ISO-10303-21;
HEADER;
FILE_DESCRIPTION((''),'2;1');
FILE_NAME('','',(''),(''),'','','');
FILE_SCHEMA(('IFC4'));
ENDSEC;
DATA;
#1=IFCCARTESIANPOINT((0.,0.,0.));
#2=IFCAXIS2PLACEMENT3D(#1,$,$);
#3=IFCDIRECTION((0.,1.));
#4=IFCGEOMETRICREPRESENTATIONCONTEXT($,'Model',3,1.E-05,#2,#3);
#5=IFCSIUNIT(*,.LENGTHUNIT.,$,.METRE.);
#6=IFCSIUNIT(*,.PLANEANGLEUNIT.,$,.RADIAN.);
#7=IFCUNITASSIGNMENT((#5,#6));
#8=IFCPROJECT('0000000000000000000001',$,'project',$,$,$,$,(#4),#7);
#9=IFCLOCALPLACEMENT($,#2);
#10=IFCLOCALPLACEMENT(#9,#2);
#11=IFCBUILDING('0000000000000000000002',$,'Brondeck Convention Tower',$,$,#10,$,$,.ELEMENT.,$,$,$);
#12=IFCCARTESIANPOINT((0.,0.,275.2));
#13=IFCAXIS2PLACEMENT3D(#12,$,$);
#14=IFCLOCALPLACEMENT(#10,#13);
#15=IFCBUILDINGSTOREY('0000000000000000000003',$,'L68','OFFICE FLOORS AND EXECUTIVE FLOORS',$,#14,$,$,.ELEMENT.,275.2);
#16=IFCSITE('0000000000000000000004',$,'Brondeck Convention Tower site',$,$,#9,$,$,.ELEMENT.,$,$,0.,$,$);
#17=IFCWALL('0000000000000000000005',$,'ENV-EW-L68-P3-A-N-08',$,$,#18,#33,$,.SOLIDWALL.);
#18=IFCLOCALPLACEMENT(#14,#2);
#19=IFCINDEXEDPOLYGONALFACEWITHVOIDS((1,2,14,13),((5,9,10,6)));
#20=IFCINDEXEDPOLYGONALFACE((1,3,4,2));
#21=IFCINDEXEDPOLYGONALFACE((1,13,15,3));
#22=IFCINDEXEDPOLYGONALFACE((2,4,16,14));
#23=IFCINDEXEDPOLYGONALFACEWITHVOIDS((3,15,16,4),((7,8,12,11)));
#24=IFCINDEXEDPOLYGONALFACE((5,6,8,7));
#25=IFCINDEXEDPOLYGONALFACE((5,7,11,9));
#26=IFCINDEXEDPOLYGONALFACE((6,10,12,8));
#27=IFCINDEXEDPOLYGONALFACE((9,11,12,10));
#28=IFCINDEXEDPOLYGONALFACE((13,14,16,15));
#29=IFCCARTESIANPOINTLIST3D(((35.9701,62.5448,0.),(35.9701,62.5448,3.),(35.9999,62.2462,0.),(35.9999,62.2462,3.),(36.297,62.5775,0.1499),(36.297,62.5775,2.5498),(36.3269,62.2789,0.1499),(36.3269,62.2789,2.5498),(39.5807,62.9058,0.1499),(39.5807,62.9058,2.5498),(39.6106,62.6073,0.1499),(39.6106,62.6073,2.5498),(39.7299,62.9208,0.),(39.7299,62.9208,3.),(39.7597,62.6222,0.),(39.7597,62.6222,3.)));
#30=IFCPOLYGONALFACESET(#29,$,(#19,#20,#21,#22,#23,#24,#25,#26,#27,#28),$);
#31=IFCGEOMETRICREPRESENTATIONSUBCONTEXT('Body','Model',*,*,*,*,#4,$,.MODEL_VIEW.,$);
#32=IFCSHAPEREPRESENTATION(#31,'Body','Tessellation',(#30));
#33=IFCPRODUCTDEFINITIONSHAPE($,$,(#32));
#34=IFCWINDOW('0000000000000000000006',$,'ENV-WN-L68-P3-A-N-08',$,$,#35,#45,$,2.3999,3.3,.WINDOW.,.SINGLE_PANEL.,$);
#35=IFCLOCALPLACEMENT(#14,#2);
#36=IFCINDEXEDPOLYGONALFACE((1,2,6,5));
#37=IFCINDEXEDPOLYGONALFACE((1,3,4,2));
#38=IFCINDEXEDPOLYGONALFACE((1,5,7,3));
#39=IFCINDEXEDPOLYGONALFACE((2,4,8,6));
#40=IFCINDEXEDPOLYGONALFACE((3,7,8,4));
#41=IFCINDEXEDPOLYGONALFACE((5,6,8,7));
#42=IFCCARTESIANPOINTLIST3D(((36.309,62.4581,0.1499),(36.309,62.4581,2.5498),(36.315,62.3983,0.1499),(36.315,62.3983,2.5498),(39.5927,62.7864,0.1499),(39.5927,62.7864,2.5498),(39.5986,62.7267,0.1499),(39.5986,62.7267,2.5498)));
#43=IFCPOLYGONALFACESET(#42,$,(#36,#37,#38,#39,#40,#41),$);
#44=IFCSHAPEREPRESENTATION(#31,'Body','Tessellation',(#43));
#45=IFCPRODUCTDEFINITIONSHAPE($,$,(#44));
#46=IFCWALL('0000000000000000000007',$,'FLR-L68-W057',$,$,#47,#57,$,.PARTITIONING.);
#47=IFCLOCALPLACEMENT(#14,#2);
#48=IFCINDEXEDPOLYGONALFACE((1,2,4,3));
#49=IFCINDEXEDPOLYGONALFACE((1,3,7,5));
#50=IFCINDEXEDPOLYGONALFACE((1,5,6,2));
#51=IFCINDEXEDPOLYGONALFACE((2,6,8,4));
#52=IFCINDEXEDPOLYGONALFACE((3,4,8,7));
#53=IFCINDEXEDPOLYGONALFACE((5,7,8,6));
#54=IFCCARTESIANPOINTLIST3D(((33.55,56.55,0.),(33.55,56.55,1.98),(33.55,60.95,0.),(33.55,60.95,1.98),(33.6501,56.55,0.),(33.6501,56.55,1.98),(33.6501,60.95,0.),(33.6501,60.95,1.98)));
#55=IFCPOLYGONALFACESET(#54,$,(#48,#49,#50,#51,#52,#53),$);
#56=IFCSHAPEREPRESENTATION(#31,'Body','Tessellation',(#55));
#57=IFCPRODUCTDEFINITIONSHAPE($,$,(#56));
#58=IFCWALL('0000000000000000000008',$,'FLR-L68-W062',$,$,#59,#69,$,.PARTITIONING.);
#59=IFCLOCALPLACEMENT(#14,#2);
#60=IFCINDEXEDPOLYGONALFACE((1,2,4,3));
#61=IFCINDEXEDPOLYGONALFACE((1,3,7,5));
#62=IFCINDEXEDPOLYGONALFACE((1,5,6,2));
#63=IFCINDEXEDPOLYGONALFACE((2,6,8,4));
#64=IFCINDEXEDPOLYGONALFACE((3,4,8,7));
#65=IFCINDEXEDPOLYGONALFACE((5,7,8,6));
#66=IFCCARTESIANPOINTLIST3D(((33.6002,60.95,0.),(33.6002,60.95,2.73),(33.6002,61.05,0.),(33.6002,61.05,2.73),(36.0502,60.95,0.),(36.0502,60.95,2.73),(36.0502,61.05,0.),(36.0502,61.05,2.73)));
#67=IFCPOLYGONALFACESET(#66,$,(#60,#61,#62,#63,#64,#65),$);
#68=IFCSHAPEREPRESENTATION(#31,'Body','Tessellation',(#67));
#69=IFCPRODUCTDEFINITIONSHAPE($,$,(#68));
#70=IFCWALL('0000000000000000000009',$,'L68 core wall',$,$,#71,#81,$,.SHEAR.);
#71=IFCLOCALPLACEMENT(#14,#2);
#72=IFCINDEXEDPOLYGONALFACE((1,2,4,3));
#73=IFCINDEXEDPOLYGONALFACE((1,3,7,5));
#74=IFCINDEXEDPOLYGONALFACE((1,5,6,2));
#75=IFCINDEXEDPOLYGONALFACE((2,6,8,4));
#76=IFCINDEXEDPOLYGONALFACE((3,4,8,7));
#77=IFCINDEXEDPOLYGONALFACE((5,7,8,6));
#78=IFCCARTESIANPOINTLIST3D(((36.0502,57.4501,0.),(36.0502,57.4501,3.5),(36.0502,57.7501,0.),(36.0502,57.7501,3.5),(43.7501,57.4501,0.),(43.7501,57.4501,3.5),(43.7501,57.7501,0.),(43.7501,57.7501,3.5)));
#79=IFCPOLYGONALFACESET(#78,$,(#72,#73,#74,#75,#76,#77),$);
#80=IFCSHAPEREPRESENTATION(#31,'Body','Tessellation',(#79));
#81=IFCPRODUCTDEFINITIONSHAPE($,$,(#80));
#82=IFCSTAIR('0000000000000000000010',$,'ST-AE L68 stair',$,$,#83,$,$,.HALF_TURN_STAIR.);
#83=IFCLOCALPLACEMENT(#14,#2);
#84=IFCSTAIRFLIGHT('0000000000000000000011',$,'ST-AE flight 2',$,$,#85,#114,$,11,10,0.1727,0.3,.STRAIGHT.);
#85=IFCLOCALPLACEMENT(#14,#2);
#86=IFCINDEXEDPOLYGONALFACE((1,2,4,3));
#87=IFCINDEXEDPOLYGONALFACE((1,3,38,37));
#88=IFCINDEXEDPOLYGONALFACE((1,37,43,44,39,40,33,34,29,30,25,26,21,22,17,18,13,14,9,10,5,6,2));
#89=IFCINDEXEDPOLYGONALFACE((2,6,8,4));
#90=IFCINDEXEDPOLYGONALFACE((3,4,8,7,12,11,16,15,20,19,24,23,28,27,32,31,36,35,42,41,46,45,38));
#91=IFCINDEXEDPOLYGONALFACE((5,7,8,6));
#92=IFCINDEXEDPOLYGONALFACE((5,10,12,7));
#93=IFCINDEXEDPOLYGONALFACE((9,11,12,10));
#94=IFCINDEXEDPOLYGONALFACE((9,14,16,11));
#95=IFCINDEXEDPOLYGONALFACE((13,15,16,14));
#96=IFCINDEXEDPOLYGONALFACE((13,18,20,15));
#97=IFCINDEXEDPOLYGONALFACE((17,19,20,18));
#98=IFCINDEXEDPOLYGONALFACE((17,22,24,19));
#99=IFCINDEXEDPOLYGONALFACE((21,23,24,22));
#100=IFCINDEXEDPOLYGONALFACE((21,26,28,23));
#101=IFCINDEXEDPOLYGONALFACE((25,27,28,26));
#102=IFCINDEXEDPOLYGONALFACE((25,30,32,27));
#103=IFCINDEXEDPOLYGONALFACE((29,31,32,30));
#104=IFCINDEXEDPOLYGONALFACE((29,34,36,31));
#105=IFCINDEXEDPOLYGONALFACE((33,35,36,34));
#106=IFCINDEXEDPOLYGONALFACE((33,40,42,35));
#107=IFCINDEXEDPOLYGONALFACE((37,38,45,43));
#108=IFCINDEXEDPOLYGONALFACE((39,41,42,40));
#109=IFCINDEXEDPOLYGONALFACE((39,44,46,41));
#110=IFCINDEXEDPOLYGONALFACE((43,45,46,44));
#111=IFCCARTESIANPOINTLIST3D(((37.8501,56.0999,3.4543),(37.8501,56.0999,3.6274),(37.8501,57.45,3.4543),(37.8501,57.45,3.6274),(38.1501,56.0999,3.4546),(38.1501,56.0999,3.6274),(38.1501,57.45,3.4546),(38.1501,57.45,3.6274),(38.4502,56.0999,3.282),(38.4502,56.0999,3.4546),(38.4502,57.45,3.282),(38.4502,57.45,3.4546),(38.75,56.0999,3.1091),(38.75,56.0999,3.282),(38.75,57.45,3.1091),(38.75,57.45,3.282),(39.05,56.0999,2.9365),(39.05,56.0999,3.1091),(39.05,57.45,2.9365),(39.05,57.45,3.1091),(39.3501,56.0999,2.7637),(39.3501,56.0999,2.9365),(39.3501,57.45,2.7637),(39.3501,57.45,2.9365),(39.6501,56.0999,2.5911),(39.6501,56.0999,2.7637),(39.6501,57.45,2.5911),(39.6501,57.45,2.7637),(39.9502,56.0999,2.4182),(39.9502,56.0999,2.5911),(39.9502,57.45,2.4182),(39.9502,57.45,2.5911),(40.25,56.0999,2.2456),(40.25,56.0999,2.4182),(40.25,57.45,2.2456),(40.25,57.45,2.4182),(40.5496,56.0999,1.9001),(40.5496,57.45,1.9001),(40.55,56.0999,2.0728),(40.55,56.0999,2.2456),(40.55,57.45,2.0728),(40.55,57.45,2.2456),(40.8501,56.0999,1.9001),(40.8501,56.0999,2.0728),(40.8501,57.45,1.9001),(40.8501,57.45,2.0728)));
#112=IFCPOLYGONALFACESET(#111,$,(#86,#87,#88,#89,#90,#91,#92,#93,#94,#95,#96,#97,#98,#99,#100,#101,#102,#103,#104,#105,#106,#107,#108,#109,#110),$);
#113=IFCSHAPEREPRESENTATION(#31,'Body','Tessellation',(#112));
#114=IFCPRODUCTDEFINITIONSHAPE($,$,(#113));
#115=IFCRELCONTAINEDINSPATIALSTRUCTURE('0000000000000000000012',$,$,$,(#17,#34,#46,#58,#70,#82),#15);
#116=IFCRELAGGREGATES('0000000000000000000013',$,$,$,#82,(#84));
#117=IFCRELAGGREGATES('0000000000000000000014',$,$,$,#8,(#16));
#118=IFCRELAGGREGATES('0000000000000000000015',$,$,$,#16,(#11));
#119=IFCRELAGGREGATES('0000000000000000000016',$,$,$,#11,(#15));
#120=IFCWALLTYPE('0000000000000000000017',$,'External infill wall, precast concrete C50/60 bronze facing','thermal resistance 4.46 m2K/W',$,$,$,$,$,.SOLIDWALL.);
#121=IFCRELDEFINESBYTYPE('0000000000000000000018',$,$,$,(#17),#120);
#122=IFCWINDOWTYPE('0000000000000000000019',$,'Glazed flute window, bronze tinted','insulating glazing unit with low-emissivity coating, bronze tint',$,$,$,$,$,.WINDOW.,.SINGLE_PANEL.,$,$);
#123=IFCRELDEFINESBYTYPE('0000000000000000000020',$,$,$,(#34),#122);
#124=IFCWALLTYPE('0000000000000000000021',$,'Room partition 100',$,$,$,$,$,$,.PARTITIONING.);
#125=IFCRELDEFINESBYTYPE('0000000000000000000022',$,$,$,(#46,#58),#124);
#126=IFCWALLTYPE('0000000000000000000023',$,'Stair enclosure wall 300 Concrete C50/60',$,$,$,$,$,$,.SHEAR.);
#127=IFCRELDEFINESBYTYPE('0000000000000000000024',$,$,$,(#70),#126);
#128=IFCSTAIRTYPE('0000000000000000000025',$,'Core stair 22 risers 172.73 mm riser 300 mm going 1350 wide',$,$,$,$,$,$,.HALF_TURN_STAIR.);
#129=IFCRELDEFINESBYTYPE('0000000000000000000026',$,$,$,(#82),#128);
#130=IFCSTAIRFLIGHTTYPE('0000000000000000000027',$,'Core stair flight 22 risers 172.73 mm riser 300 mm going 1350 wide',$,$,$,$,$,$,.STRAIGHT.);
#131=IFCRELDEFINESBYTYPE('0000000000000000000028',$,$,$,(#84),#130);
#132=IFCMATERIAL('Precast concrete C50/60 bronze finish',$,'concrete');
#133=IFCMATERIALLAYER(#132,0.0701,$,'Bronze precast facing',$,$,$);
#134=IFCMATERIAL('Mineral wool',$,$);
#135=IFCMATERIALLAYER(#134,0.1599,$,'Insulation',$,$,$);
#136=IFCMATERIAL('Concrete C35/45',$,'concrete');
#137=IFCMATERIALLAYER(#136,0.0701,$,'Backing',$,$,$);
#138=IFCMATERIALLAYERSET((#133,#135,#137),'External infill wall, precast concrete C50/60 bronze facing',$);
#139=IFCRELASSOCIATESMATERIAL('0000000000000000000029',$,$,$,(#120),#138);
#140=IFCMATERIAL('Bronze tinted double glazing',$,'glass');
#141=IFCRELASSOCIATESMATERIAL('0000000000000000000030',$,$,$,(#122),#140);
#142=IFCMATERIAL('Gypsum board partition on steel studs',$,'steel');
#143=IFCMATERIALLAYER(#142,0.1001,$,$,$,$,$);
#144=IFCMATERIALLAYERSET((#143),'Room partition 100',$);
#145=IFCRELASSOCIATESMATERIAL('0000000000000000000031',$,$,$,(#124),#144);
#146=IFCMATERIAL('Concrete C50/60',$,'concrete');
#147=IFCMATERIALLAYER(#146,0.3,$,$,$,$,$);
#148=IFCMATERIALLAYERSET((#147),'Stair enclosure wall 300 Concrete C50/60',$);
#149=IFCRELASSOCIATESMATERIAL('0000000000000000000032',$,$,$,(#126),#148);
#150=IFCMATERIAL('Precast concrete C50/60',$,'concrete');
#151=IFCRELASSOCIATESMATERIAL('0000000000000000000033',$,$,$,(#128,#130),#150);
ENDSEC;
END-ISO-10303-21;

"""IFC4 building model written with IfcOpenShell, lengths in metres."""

from ifc_helpers import new_model, si_unit, direction, frame, frame_2d, origin, place, context, subcontext, project, spatial, polyline, rectangle, outline, extrude, material, layer, layer_set, type_object, element, fill, aggregate, save


model = new_model("IFC4")

# Units and contexts
model_context = context("Model", 3, precision=1e-05, world=origin(), true_north=direction((0.0, 1.0)))
body_context = subcontext(model_context, "Body", "Model", "MODEL_VIEW")
ifc_project = project(units=[si_unit("LENGTHUNIT", "METRE"), si_unit("PLANEANGLEUNIT", "RADIAN")], contexts=[model_context])

# Site, building, storey
site_placement = place(None, origin())
site = spatial("IfcSite", under=ifc_project, at=site_placement, Name="Brondeck Convention Tower site", CompositionType="ELEMENT", RefElevation=0.0)
building_placement = place(site_placement, origin())
building = spatial("IfcBuilding", under=site, at=building_placement, Name="Brondeck Convention Tower", CompositionType="ELEMENT")
storey_placement = place(building_placement, frame((0.0, 0.0, 275.2)))
storey = spatial("IfcBuildingStorey", under=building, at=storey_placement, Name="L68", Description="OFFICE FLOORS AND EXECUTIVE FLOORS", CompositionType="ELEMENT", Elevation=275.2)

# Shared definitions
ifc_material_1 = material(Name="Concrete C50/60", Category="concrete")

# Shared definitions
ifc_material_2 = material(Name="Precast concrete C50/60 bronze finish", Category="concrete")
ifc_layer_1 = layer(ifc_material_2, 0.0701, Name="Bronze precast facing")
ifc_material_3 = material(Name="Mineral wool")
ifc_layer_2 = layer(ifc_material_3, 0.1599, Name="Insulation")
ifc_material_4 = material(Name="Concrete C35/45", Category="concrete")
ifc_layer_3 = layer(ifc_material_4, 0.0701, Name="Backing")
ifc_layer_set_1 = layer_set([ifc_layer_1, ifc_layer_2, ifc_layer_3], Name="External infill wall, precast concrete C50/60 bronze facing")
wall_type_1 = type_object("IfcWallType", Name="External infill wall, precast concrete C50/60 bronze facing", Description="thermal resistance 4.46 m2K/W", PredefinedType="SOLIDWALL", material=ifc_layer_set_1)

# Wall, opening, window
wall_1_placement = place(storey_placement, frame((35.9851, 62.3955, 0.0), z_axis=(0.0, 0.0, 1.0), x_axis=(0.995037, 0.099504, 0.0)))
wall_1 = element("IfcWall", 1, at=wall_1_placement, inside=storey, type_object=wall_type_1, Name="ENV-EW-L68-P3-A-N-08", PredefinedType="SOLIDWALL", context=body_context, shape_type="SweptSolid", body=[
    extrude(rectangle(XDim=3.7786, YDim=0.3, at=frame_2d((1.8892, 0.0))), origin(), (0.0, 0.0, 1.0), 3.0),
])
opening_placement = place(wall_1_placement, frame((0.3286, 0.0, 0.1499)))
opening = element("IfcOpeningElement", 2, at=opening_placement, cuts=wall_1, PredefinedType="OPENING", context=body_context, shape_type="SweptSolid", body=[
    extrude(rectangle(XDim=3.3, YDim=2.3999, at=frame_2d((1.6499, 1.2))), frame((0.0, 0.1599, 0.0), z_axis=(0.0, -1.0, 0.0), x_axis=(1.0, 0.0, 0.0)), (0.0, 0.0, 1.0), 0.3201),
])
ifc_material_5 = material(Name="Bronze tinted double glazing", Category="glass")
window_type = type_object("IfcWindowType", Name="Glazed flute window, bronze tinted", Description="insulating glazing unit with low-emissivity coating, bronze tint", PartitioningType="SINGLE_PANEL", PredefinedType="WINDOW", material=ifc_material_5)
window_placement = place(opening_placement, origin())
window = element("IfcWindow", 3, at=window_placement, inside=storey, type_object=window_type, Name="ENV-WN-L68-P3-A-N-08", OverallHeight=2.3999, OverallWidth=3.3, PartitioningType="SINGLE_PANEL", PredefinedType="WINDOW", context=body_context, shape_type="SweptSolid", body=[
    extrude(rectangle(XDim=3.3, YDim=2.3999, at=frame_2d((1.6499, 1.2))), frame((0.0, 0.03, 0.0), z_axis=(0.0, -1.0, 0.0), x_axis=(1.0, 0.0, 0.0)), (0.0, 0.0, 1.0), 0.0601),
])
fill(opening, window)

# Walls
ifc_material_6 = material(Name="Gypsum board partition on steel studs", Category="steel")
ifc_layer_4 = layer(ifc_material_6, 0.1001)
ifc_layer_set_2 = layer_set([ifc_layer_4], Name="Room partition 100")
wall_type_2 = type_object("IfcWallType", Name="Room partition 100", PredefinedType="PARTITIONING", material=ifc_layer_set_2)
wall_2_placement = place(storey_placement, frame((33.6001, 60.95, 0.0), z_axis=(0.0, 0.0, 1.0), x_axis=(0.0, -1.0, 0.0)))
element("IfcWall", 4, at=wall_2_placement, inside=storey, type_object=wall_type_2, Name="FLR-L68-W057", PredefinedType="PARTITIONING", context=body_context, shape_type="SweptSolid", body=[
    extrude(rectangle(XDim=4.3999, YDim=0.1001, at=frame_2d((2.2, 0.0))), origin(), (0.0, 0.0, 1.0), 1.98),
])
wall_3_placement = place(storey_placement, frame((33.6001, 61.0, 0.0), z_axis=(0.0, 0.0, 1.0), x_axis=(1.0, 0.0, 0.0)))
element("IfcWall", 5, at=wall_3_placement, inside=storey, type_object=wall_type_2, Name="FLR-L68-W062", PredefinedType="PARTITIONING", context=body_context, shape_type="SweptSolid", body=[
    extrude(rectangle(XDim=2.45, YDim=0.1001, at=frame_2d((1.2251, 0.0))), origin(), (0.0, 0.0, 1.0), 2.73),
])
ifc_layer_5 = layer(ifc_material_1, 0.3)
ifc_layer_set_3 = layer_set([ifc_layer_5], Name="Stair enclosure wall 300 Concrete C50/60")
wall_type_3 = type_object("IfcWallType", Name="Stair enclosure wall 300 Concrete C50/60", PredefinedType="SHEAR", material=ifc_layer_set_3)
wall_4_placement = place(storey_placement, frame((36.05, 57.6001, 0.0), z_axis=(0.0, 0.0, 1.0), x_axis=(1.0, 0.0, 0.0)))
element("IfcWall", 6, at=wall_4_placement, inside=storey, type_object=wall_type_3, Name="L68 core wall", PredefinedType="SHEAR", context=body_context, shape_type="SweptSolid", body=[
    extrude(rectangle(XDim=7.7, YDim=0.3, at=frame_2d((3.8501, 0.0))), origin(), (0.0, 0.0, 1.0), 3.5),
])

# Stair, stair flight
ifc_material_7 = material(Name="Precast concrete C50/60", Category="concrete")
stair_type = type_object("IfcStairType", Name="Core stair 22 risers 172.73 mm riser 300 mm going 1350 wide", PredefinedType="HALF_TURN_STAIR", material=ifc_material_7)
stair_placement = place(storey_placement, origin())
stair = element("IfcStair", 7, at=stair_placement, inside=storey, type_object=stair_type, Name="ST-AE L68 stair", PredefinedType="HALF_TURN_STAIR")
stair_flight_type = type_object("IfcStairFlightType", Name="Core stair flight 22 risers 172.73 mm riser 300 mm going 1350 wide", PredefinedType="STRAIGHT", material=ifc_material_7)
stair_flight_placement = place(storey_placement, frame((40.8501, 56.7749, 1.9001), z_axis=(0.0, 0.0, 1.0), x_axis=(-1.0, 0.0, 0.0)))
stair_flight = element("IfcStairFlight", 8, at=stair_flight_placement, type_object=stair_flight_type, Name="ST-AE flight 2", NumberOfRisers=11, NumberOfTreads=10, PredefinedType="STRAIGHT", RiserHeight=0.1727, TreadLength=0.3, context=body_context, shape_type="SweptSolid", body=[
    extrude(outline(polyline([(0.0, 0.0), (0.0, 0.1726), (0.3, 0.1726), (0.3, 0.3455), (0.6001, 0.3455), (0.6001, 0.5181), (0.8999, 0.5181), (0.8999, 0.6909), (1.2, 0.6909), (1.2, 0.8635), (1.5, 0.8635), (1.5, 1.0364), (1.8, 1.0364), (1.8, 1.209), (2.1001, 1.209), (2.1001, 1.3818), (2.3999, 1.3818), (2.3999, 1.5544), (2.7, 1.5544), (2.7, 1.7273), (3.0, 1.7273), (3.0, 1.8999), (3.0, 1.5542), (0.3005, 0.0), (0.0, 0.0)])), frame((0.0, 0.675, 0.0), z_axis=(0.0, -1.0, 0.0), x_axis=(1.0, 0.0, 0.0)), (0.0, 0.0, 1.0), 1.3501),
])
aggregate(stair, [stair_flight])

save(model, "model.ifc")
